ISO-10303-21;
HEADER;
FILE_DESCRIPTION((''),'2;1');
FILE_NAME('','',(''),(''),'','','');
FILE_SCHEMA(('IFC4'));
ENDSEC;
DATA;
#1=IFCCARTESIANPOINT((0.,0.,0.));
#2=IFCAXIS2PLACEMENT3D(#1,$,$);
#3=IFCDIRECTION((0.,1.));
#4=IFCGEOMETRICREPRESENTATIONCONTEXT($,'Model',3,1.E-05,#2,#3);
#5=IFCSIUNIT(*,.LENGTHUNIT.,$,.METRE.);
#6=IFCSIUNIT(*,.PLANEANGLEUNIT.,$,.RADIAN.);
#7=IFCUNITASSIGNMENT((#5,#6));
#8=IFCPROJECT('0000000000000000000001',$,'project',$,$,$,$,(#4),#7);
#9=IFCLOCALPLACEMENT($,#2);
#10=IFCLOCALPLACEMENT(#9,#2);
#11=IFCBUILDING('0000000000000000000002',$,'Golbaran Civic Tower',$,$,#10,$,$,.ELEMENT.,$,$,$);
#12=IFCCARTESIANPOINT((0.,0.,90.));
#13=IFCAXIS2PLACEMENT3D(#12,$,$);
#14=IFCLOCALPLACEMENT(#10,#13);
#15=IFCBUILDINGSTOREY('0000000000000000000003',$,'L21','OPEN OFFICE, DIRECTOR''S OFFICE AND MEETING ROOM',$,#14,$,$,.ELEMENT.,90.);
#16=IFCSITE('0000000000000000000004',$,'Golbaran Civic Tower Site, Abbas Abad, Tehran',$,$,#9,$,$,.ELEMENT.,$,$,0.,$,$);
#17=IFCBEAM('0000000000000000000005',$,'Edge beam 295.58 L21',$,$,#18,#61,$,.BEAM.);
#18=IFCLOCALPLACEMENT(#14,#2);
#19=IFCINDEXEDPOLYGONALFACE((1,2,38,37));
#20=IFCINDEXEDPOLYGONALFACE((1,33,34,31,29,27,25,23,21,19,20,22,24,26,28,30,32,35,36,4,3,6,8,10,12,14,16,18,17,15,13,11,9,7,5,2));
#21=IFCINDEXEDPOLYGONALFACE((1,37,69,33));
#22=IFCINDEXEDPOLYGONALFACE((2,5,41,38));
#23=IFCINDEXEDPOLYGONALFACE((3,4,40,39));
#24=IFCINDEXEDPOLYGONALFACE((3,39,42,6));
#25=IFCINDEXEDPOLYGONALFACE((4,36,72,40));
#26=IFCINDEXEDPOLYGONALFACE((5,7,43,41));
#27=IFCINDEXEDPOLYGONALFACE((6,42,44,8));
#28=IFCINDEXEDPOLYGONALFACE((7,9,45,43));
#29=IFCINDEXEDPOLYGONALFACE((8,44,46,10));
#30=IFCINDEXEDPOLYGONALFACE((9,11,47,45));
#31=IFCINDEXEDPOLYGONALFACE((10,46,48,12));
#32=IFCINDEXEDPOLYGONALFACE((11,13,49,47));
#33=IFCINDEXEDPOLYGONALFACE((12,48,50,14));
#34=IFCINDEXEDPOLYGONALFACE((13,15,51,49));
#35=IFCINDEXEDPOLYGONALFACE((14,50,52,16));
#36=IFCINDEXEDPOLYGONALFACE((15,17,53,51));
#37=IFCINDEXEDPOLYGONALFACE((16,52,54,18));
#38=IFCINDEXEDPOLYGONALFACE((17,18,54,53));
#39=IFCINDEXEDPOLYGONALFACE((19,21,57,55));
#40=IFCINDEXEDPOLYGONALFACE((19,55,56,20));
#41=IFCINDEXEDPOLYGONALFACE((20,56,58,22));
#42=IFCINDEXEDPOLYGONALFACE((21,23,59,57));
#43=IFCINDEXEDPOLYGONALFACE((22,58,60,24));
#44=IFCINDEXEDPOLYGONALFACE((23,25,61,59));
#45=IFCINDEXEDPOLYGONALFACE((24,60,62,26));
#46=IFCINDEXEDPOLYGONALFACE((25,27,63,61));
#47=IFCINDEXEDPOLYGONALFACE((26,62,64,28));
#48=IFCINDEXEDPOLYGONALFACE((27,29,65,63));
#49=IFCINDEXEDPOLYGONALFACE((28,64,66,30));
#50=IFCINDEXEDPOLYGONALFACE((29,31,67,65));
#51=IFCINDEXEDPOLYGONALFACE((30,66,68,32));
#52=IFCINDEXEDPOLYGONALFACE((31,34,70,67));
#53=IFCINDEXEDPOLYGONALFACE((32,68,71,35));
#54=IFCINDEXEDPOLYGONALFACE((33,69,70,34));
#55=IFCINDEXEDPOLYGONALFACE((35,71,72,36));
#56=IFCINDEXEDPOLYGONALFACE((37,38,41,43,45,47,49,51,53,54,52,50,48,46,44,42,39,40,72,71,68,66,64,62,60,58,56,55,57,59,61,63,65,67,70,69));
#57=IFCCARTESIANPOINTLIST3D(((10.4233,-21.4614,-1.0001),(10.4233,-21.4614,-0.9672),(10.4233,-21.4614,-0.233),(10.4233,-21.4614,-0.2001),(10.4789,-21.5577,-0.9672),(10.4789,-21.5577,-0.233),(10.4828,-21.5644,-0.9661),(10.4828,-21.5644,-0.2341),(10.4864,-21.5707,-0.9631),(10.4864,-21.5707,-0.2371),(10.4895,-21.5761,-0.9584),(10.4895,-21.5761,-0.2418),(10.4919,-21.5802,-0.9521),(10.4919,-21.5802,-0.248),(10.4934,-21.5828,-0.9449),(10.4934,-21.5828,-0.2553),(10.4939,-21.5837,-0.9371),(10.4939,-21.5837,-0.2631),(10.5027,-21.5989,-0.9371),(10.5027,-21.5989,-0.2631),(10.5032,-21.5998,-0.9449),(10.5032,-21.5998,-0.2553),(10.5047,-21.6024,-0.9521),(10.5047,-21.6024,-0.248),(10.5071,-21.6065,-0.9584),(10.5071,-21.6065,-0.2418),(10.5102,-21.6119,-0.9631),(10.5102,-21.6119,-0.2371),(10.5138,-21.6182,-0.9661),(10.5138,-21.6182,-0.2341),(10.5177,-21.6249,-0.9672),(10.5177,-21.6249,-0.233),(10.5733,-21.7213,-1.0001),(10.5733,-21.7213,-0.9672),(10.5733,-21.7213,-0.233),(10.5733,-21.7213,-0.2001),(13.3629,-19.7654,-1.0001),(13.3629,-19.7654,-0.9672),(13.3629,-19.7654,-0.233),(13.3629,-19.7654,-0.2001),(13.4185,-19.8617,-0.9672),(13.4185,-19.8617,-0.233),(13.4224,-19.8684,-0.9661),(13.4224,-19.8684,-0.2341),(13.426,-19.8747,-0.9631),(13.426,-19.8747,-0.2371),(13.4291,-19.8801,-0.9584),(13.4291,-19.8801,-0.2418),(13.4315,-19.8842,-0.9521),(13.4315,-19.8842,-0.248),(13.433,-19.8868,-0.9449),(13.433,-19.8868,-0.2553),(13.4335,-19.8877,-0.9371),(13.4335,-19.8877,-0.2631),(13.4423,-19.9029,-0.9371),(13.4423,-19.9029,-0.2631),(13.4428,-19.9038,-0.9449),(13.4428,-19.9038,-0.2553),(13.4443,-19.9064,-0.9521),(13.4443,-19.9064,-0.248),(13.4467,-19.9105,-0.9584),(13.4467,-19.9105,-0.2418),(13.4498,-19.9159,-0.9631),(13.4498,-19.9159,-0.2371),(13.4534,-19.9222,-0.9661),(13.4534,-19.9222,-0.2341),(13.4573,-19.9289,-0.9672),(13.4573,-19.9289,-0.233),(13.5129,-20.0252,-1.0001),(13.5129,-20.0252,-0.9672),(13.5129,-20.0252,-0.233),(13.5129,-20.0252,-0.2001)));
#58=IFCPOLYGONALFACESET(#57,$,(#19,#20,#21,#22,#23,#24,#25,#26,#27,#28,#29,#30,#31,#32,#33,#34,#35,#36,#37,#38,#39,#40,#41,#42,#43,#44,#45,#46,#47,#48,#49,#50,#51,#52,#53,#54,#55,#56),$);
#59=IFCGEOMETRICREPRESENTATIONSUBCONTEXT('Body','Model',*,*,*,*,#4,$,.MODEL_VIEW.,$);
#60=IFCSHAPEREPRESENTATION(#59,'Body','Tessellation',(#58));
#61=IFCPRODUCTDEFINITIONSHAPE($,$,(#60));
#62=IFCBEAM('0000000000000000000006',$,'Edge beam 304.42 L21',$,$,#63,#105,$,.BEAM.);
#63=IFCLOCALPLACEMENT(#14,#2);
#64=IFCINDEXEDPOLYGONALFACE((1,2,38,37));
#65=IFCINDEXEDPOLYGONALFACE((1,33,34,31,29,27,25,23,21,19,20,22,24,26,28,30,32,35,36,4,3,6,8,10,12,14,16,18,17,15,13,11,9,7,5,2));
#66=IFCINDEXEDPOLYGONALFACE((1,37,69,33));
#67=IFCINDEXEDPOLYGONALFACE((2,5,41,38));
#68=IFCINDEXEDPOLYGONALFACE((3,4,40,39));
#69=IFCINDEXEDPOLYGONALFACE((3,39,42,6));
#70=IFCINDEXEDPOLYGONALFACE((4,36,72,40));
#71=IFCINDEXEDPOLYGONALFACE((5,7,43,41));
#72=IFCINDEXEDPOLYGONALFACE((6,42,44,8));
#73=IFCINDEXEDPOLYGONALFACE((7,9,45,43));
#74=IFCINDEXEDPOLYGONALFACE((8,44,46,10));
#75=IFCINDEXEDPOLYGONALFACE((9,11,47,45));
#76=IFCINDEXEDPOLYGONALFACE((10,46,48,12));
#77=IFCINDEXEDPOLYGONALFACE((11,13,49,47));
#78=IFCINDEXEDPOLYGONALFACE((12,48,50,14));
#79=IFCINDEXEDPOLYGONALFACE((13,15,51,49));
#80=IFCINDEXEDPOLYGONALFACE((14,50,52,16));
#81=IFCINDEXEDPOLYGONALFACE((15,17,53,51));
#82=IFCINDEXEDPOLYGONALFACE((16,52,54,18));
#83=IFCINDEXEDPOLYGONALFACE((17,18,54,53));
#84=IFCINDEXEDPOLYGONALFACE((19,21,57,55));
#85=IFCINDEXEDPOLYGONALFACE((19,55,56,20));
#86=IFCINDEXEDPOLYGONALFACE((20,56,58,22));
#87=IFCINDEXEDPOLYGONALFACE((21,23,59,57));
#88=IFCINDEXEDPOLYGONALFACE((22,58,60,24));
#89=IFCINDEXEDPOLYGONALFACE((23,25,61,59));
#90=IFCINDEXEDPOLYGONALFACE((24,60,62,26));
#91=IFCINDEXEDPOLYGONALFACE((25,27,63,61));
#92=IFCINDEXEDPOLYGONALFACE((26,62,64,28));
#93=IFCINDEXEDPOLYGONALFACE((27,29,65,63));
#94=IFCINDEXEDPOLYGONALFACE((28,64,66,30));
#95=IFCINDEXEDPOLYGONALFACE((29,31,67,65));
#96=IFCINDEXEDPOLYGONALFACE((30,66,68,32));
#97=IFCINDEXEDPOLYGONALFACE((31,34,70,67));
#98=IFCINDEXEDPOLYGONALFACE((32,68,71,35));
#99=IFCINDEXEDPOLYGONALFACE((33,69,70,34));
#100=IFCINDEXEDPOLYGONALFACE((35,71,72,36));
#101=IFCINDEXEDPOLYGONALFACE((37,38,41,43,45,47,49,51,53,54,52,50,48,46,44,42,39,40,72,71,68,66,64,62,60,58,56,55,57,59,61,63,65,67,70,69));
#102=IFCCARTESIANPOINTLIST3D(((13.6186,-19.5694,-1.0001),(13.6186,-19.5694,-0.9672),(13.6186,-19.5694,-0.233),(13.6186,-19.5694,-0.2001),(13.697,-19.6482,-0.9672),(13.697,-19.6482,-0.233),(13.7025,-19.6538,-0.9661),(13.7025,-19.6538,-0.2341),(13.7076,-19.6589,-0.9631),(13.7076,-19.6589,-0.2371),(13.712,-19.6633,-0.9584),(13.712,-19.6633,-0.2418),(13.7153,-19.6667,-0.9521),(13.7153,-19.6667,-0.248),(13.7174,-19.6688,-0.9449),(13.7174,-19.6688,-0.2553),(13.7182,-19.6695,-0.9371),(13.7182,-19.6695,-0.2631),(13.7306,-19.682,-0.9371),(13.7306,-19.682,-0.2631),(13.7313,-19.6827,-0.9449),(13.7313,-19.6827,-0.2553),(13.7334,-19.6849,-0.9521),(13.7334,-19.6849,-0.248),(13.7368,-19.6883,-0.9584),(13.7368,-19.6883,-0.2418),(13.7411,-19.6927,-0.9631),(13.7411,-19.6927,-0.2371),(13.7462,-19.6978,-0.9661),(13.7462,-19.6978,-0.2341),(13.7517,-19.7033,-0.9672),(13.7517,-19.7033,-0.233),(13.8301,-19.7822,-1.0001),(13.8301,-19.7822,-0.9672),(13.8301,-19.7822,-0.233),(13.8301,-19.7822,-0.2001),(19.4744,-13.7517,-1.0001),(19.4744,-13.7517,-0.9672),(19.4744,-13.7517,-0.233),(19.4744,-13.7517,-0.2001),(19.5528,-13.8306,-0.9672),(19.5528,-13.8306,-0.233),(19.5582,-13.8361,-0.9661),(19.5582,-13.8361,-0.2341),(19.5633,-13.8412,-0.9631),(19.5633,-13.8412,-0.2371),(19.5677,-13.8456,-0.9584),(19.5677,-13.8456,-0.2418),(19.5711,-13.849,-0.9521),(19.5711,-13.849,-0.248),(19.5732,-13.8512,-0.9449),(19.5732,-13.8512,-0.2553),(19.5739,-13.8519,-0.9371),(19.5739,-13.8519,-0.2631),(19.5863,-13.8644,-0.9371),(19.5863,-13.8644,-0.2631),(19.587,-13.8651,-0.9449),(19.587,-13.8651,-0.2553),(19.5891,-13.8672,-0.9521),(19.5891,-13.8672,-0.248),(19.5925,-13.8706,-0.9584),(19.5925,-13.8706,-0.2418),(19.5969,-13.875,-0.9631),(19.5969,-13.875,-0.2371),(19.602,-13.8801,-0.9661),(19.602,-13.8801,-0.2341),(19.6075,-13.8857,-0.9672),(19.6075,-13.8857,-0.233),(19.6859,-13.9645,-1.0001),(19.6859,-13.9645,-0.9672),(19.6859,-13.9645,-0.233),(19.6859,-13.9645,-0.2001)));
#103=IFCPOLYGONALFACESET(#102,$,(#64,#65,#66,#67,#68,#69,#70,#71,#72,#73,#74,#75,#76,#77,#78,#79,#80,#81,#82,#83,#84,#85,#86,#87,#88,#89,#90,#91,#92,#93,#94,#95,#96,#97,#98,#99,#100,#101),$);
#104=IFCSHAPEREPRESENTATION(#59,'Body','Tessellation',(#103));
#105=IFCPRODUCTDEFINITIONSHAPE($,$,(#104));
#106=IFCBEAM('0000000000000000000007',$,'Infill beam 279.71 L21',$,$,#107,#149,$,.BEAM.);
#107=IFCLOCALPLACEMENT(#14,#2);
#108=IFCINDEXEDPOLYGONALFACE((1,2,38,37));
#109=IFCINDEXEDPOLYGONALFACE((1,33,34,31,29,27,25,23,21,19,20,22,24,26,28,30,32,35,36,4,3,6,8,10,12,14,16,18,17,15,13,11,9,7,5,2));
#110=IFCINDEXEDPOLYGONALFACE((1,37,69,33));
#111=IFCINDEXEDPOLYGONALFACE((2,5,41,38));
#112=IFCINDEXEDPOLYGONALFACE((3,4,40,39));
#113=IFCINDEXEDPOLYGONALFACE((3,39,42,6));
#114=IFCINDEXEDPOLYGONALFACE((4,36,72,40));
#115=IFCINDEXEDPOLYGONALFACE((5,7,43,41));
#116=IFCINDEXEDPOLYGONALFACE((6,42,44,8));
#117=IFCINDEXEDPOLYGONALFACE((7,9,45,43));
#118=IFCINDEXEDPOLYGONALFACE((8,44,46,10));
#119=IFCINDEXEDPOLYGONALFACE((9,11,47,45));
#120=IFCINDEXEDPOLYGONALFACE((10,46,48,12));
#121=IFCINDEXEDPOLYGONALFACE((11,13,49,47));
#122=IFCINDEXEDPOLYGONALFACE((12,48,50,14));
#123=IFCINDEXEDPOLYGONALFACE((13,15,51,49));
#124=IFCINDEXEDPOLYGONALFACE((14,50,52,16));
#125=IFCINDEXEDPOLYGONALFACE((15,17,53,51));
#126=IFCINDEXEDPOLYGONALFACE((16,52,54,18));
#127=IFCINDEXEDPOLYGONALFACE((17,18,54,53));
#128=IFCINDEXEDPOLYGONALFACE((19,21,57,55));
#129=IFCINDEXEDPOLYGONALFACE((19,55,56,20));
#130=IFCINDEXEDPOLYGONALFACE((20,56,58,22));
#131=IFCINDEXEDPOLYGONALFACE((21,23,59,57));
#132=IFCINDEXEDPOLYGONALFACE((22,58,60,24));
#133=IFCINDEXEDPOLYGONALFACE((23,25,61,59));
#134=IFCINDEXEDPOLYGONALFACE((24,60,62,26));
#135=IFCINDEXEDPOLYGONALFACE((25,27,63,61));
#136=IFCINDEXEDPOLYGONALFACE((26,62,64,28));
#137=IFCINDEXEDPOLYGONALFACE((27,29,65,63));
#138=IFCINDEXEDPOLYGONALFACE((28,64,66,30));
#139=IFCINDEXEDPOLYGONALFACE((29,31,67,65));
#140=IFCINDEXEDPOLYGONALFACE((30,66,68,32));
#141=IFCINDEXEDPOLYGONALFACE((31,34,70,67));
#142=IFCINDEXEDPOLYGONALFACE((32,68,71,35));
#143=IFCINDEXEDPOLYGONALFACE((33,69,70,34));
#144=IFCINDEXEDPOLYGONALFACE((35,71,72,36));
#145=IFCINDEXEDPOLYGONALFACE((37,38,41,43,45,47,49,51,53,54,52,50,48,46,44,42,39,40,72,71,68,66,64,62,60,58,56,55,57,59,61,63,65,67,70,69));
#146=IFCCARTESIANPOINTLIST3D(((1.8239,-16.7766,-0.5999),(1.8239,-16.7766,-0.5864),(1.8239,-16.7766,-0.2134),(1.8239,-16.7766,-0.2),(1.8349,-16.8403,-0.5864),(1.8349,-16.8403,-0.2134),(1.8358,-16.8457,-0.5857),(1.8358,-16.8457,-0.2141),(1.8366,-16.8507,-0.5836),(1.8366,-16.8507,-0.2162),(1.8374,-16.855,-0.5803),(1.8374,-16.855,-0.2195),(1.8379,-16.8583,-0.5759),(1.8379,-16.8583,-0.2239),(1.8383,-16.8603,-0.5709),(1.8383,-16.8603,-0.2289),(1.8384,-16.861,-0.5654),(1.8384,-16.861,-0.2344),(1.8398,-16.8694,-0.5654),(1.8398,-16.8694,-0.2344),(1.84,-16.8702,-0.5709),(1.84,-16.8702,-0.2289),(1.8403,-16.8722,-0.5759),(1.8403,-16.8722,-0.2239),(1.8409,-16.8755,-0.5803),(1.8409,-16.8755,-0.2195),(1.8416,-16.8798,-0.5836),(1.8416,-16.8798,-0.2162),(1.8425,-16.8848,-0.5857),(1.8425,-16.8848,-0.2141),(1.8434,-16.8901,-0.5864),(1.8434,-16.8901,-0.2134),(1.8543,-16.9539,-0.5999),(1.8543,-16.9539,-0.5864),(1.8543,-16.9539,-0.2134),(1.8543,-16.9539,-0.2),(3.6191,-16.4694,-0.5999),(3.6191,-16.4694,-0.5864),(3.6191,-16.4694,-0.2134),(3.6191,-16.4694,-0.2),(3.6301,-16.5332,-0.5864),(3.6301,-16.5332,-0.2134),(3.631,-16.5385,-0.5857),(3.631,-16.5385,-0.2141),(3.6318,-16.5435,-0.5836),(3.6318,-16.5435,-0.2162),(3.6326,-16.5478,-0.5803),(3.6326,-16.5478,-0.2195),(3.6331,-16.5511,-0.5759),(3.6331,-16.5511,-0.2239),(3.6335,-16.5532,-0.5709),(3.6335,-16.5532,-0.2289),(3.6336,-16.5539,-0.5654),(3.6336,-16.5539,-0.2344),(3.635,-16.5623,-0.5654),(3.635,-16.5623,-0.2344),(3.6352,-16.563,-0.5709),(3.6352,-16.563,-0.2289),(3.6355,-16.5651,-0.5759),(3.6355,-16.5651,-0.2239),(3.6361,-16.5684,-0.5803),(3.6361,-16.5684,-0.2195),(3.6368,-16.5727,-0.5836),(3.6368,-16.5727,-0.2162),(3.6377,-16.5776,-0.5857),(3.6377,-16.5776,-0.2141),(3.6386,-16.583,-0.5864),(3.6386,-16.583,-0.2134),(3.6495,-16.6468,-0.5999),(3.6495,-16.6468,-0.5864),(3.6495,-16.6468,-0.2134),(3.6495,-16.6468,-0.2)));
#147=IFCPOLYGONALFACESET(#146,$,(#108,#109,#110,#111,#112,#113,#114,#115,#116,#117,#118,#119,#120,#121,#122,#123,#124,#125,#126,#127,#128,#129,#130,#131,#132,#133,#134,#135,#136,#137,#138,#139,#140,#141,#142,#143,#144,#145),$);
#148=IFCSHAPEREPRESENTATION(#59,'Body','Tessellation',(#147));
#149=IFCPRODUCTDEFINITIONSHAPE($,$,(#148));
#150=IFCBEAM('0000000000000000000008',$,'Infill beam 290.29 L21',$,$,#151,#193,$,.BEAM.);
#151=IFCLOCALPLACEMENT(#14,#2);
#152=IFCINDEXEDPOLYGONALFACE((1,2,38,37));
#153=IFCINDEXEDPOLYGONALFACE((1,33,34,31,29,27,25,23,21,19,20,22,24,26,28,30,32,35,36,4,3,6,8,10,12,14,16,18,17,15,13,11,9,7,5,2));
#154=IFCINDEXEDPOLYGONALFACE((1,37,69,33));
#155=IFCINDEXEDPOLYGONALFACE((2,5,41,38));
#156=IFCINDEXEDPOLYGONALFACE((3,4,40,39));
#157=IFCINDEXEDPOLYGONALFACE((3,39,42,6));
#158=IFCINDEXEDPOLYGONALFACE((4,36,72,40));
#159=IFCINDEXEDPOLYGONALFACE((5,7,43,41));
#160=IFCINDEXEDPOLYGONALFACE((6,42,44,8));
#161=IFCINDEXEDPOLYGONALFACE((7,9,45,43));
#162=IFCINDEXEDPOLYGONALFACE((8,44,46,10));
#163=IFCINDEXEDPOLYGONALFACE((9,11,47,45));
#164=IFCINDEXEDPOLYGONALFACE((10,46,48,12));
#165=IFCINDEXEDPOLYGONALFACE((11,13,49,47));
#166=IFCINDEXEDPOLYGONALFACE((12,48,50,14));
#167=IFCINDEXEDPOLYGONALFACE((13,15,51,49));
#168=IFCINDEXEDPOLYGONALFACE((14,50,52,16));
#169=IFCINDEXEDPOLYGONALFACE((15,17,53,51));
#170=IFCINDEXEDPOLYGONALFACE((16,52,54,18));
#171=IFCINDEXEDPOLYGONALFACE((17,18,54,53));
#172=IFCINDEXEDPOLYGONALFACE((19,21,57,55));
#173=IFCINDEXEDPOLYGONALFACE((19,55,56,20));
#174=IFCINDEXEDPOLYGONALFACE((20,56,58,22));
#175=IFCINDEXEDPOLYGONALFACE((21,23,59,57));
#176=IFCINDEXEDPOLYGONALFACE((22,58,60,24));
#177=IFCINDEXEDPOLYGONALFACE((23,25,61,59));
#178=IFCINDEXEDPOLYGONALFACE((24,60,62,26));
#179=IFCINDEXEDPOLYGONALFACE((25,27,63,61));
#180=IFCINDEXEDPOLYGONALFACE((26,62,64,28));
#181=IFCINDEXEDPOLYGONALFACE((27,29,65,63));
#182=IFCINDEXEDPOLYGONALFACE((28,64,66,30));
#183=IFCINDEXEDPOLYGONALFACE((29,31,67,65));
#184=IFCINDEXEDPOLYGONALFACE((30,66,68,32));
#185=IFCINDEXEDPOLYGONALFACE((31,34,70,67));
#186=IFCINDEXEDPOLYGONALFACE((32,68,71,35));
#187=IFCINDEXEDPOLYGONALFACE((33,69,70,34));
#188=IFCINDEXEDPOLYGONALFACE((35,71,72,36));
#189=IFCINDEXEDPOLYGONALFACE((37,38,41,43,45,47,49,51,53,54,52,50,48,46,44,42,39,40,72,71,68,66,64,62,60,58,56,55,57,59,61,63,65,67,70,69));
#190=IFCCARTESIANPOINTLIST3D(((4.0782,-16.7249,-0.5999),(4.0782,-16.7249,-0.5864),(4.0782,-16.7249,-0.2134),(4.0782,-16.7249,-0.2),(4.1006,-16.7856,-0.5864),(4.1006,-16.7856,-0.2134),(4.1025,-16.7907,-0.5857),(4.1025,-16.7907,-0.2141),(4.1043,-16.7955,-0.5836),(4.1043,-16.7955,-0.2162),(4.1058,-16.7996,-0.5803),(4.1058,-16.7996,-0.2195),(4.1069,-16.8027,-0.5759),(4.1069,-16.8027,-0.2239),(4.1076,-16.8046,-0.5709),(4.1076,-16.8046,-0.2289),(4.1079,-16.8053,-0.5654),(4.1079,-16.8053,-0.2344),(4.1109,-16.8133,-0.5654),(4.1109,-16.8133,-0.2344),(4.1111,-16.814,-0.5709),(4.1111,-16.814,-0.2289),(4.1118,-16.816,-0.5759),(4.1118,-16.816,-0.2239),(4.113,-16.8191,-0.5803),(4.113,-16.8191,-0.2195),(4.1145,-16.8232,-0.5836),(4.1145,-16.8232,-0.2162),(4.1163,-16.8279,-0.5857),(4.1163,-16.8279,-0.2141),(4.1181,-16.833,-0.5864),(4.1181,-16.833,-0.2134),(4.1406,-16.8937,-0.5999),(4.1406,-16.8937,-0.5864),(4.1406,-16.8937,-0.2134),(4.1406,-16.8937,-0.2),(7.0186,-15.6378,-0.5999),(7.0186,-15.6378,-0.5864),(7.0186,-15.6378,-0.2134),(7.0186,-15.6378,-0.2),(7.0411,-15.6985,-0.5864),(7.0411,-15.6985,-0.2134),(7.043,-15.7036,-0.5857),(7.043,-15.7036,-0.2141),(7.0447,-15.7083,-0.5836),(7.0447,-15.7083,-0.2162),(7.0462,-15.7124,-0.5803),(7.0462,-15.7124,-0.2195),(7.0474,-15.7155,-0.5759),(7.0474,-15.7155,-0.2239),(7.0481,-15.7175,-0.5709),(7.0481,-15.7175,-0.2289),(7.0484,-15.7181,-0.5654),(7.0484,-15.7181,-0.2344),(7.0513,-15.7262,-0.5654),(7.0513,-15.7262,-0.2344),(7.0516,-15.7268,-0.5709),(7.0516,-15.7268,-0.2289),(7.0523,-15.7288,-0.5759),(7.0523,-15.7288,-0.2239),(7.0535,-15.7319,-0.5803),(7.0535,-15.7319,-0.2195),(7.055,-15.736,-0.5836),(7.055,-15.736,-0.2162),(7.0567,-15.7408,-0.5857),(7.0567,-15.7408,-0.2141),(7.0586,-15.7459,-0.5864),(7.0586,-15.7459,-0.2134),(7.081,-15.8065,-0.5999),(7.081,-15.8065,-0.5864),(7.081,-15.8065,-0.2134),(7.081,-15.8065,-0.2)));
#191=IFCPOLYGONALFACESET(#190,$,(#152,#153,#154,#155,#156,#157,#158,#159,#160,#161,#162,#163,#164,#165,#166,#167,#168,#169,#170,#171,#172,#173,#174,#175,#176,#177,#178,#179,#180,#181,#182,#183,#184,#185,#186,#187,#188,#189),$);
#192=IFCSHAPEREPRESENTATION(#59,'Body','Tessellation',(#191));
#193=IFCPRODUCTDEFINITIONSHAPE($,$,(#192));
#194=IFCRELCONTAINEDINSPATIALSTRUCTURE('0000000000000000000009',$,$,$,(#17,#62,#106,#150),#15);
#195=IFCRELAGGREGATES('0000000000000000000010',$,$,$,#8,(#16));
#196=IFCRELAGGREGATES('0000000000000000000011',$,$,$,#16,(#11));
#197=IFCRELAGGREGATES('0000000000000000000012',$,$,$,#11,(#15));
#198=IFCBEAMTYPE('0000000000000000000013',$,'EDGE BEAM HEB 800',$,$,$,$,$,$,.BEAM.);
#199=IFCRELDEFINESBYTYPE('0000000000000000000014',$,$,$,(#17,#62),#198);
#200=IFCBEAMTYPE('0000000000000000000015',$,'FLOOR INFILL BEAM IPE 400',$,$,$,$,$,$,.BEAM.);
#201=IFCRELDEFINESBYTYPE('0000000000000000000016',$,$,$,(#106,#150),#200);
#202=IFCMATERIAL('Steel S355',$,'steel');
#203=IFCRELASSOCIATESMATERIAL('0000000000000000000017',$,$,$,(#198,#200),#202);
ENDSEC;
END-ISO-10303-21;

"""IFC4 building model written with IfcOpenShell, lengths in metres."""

from ifc_helpers import new_model, si_unit, direction, frame, origin, origin_2d, place, context, subcontext, project, spatial, i_section, extrude, material, material_profile, profile_set, type_object, element, save


model = new_model("IFC4")

# Units and contexts
model_context = context("Model", 3, precision=1e-05, world=origin(), true_north=direction((0.0, 1.0)))
body_context = subcontext(model_context, "Body", "Model", "MODEL_VIEW")
ifc_project = project(units=[si_unit("LENGTHUNIT", "METRE"), si_unit("PLANEANGLEUNIT", "RADIAN")], contexts=[model_context])

# Site, building, storey
site_placement = place(None, origin())
site = spatial("IfcSite", under=ifc_project, at=site_placement, Name="Golbaran Civic Tower Site, Abbas Abad, Tehran", CompositionType="ELEMENT", RefElevation=0.0)
building_placement = place(site_placement, origin())
building = spatial("IfcBuilding", under=site, at=building_placement, Name="Golbaran Civic Tower", CompositionType="ELEMENT")
storey_placement = place(building_placement, frame((0.0, 0.0, 90.0)))
storey = spatial("IfcBuildingStorey", under=building, at=storey_placement, Name="L21", Description="OPEN OFFICE, DIRECTOR'S OFFICE AND MEETING ROOM", CompositionType="ELEMENT", Elevation=90.0)

# Beams
ifc_material_1 = material(Name="Steel S355", Category="steel")
ifc_material_profile_1 = material_profile(ifc_material_1, i_section(OverallWidth=0.3, OverallDepth=0.8, WebThickness=0.0176, FlangeThickness=0.033, FilletRadius=0.03, at=origin_2d()), Name="HEB 800")
ifc_profile_set_1 = profile_set([ifc_material_profile_1], Name="Steel S355")
beam_type_1 = type_object("IfcBeamType", Name="EDGE BEAM HEB 800", PredefinedType="BEAM", material=ifc_profile_set_1)
beam_1_placement = place(storey_placement, frame((10.4983, -21.5913, -0.6001), z_axis=(0.866177, 0.499737, 0.0), x_axis=(-0.499737, 0.866177, 0.0)))
element("IfcBeam", 1, at=beam_1_placement, inside=storey, type_object=beam_type_1, Name="Edge beam 295.58 L21", PredefinedType="BEAM", context=body_context, shape_type="SweptSolid", body=[
    extrude(i_section(OverallWidth=0.3, OverallDepth=0.8, WebThickness=0.0176, FlangeThickness=0.033, FilletRadius=0.03, at=origin_2d()), origin(), (0.0, 0.0, 1.0), 3.3938),
])
beam_2_placement = place(storey_placement, frame((13.7244, -19.6758, -0.6001), z_axis=(0.70941, 0.704796, 0.0), x_axis=(-0.704796, 0.70941, 0.0)))
element("IfcBeam", 2, at=beam_2_placement, inside=storey, type_object=beam_type_1, Name="Edge beam 304.42 L21", PredefinedType="BEAM", context=body_context, shape_type="SweptSolid", body=[
    extrude(i_section(OverallWidth=0.3, OverallDepth=0.8, WebThickness=0.0176, FlangeThickness=0.033, FilletRadius=0.03, at=origin_2d()), origin(), (0.0, 0.0, 1.0), 8.2544),
])
ifc_material_profile_2 = material_profile(ifc_material_1, i_section(OverallWidth=0.1799, OverallDepth=0.3999, WebThickness=0.0085, FlangeThickness=0.0134, FilletRadius=0.021, at=origin_2d()), Name="IPE 400")
ifc_profile_set_2 = profile_set([ifc_material_profile_2], Name="Steel S355")
beam_type_2 = type_object("IfcBeamType", Name="FLOOR INFILL BEAM IPE 400", PredefinedType="BEAM", material=ifc_profile_set_2)
beam_3_placement = place(storey_placement, frame((1.8391, -16.8652, -0.3999), z_axis=(0.985678, 0.168636, 0.0), x_axis=(-0.168636, 0.985678, 0.0)))
element("IfcBeam", 3, at=beam_3_placement, inside=storey, type_object=beam_type_2, Name="Infill beam 279.71 L21", PredefinedType="BEAM", context=body_context, shape_type="SweptSolid", body=[
    extrude(i_section(OverallWidth=0.1799, OverallDepth=0.3999, WebThickness=0.0085, FlangeThickness=0.0134, FilletRadius=0.021, at=origin_2d()), origin(), (0.0, 0.0, 1.0), 1.8213),
])
beam_4_placement = place(storey_placement, frame((4.1094, -16.8093, -0.3999), z_axis=(0.937945, 0.346784, 0.0), x_axis=(-0.346784, 0.937945, 0.0)))
element("IfcBeam", 4, at=beam_4_placement, inside=storey, type_object=beam_type_2, Name="Infill beam 290.29 L21", PredefinedType="BEAM", context=body_context, shape_type="SweptSolid", body=[
    extrude(i_section(OverallWidth=0.1799, OverallDepth=0.3999, WebThickness=0.0085, FlangeThickness=0.0134, FilletRadius=0.021, at=origin_2d()), origin(), (0.0, 0.0, 1.0), 3.135),
])

save(model, "model.ifc")
